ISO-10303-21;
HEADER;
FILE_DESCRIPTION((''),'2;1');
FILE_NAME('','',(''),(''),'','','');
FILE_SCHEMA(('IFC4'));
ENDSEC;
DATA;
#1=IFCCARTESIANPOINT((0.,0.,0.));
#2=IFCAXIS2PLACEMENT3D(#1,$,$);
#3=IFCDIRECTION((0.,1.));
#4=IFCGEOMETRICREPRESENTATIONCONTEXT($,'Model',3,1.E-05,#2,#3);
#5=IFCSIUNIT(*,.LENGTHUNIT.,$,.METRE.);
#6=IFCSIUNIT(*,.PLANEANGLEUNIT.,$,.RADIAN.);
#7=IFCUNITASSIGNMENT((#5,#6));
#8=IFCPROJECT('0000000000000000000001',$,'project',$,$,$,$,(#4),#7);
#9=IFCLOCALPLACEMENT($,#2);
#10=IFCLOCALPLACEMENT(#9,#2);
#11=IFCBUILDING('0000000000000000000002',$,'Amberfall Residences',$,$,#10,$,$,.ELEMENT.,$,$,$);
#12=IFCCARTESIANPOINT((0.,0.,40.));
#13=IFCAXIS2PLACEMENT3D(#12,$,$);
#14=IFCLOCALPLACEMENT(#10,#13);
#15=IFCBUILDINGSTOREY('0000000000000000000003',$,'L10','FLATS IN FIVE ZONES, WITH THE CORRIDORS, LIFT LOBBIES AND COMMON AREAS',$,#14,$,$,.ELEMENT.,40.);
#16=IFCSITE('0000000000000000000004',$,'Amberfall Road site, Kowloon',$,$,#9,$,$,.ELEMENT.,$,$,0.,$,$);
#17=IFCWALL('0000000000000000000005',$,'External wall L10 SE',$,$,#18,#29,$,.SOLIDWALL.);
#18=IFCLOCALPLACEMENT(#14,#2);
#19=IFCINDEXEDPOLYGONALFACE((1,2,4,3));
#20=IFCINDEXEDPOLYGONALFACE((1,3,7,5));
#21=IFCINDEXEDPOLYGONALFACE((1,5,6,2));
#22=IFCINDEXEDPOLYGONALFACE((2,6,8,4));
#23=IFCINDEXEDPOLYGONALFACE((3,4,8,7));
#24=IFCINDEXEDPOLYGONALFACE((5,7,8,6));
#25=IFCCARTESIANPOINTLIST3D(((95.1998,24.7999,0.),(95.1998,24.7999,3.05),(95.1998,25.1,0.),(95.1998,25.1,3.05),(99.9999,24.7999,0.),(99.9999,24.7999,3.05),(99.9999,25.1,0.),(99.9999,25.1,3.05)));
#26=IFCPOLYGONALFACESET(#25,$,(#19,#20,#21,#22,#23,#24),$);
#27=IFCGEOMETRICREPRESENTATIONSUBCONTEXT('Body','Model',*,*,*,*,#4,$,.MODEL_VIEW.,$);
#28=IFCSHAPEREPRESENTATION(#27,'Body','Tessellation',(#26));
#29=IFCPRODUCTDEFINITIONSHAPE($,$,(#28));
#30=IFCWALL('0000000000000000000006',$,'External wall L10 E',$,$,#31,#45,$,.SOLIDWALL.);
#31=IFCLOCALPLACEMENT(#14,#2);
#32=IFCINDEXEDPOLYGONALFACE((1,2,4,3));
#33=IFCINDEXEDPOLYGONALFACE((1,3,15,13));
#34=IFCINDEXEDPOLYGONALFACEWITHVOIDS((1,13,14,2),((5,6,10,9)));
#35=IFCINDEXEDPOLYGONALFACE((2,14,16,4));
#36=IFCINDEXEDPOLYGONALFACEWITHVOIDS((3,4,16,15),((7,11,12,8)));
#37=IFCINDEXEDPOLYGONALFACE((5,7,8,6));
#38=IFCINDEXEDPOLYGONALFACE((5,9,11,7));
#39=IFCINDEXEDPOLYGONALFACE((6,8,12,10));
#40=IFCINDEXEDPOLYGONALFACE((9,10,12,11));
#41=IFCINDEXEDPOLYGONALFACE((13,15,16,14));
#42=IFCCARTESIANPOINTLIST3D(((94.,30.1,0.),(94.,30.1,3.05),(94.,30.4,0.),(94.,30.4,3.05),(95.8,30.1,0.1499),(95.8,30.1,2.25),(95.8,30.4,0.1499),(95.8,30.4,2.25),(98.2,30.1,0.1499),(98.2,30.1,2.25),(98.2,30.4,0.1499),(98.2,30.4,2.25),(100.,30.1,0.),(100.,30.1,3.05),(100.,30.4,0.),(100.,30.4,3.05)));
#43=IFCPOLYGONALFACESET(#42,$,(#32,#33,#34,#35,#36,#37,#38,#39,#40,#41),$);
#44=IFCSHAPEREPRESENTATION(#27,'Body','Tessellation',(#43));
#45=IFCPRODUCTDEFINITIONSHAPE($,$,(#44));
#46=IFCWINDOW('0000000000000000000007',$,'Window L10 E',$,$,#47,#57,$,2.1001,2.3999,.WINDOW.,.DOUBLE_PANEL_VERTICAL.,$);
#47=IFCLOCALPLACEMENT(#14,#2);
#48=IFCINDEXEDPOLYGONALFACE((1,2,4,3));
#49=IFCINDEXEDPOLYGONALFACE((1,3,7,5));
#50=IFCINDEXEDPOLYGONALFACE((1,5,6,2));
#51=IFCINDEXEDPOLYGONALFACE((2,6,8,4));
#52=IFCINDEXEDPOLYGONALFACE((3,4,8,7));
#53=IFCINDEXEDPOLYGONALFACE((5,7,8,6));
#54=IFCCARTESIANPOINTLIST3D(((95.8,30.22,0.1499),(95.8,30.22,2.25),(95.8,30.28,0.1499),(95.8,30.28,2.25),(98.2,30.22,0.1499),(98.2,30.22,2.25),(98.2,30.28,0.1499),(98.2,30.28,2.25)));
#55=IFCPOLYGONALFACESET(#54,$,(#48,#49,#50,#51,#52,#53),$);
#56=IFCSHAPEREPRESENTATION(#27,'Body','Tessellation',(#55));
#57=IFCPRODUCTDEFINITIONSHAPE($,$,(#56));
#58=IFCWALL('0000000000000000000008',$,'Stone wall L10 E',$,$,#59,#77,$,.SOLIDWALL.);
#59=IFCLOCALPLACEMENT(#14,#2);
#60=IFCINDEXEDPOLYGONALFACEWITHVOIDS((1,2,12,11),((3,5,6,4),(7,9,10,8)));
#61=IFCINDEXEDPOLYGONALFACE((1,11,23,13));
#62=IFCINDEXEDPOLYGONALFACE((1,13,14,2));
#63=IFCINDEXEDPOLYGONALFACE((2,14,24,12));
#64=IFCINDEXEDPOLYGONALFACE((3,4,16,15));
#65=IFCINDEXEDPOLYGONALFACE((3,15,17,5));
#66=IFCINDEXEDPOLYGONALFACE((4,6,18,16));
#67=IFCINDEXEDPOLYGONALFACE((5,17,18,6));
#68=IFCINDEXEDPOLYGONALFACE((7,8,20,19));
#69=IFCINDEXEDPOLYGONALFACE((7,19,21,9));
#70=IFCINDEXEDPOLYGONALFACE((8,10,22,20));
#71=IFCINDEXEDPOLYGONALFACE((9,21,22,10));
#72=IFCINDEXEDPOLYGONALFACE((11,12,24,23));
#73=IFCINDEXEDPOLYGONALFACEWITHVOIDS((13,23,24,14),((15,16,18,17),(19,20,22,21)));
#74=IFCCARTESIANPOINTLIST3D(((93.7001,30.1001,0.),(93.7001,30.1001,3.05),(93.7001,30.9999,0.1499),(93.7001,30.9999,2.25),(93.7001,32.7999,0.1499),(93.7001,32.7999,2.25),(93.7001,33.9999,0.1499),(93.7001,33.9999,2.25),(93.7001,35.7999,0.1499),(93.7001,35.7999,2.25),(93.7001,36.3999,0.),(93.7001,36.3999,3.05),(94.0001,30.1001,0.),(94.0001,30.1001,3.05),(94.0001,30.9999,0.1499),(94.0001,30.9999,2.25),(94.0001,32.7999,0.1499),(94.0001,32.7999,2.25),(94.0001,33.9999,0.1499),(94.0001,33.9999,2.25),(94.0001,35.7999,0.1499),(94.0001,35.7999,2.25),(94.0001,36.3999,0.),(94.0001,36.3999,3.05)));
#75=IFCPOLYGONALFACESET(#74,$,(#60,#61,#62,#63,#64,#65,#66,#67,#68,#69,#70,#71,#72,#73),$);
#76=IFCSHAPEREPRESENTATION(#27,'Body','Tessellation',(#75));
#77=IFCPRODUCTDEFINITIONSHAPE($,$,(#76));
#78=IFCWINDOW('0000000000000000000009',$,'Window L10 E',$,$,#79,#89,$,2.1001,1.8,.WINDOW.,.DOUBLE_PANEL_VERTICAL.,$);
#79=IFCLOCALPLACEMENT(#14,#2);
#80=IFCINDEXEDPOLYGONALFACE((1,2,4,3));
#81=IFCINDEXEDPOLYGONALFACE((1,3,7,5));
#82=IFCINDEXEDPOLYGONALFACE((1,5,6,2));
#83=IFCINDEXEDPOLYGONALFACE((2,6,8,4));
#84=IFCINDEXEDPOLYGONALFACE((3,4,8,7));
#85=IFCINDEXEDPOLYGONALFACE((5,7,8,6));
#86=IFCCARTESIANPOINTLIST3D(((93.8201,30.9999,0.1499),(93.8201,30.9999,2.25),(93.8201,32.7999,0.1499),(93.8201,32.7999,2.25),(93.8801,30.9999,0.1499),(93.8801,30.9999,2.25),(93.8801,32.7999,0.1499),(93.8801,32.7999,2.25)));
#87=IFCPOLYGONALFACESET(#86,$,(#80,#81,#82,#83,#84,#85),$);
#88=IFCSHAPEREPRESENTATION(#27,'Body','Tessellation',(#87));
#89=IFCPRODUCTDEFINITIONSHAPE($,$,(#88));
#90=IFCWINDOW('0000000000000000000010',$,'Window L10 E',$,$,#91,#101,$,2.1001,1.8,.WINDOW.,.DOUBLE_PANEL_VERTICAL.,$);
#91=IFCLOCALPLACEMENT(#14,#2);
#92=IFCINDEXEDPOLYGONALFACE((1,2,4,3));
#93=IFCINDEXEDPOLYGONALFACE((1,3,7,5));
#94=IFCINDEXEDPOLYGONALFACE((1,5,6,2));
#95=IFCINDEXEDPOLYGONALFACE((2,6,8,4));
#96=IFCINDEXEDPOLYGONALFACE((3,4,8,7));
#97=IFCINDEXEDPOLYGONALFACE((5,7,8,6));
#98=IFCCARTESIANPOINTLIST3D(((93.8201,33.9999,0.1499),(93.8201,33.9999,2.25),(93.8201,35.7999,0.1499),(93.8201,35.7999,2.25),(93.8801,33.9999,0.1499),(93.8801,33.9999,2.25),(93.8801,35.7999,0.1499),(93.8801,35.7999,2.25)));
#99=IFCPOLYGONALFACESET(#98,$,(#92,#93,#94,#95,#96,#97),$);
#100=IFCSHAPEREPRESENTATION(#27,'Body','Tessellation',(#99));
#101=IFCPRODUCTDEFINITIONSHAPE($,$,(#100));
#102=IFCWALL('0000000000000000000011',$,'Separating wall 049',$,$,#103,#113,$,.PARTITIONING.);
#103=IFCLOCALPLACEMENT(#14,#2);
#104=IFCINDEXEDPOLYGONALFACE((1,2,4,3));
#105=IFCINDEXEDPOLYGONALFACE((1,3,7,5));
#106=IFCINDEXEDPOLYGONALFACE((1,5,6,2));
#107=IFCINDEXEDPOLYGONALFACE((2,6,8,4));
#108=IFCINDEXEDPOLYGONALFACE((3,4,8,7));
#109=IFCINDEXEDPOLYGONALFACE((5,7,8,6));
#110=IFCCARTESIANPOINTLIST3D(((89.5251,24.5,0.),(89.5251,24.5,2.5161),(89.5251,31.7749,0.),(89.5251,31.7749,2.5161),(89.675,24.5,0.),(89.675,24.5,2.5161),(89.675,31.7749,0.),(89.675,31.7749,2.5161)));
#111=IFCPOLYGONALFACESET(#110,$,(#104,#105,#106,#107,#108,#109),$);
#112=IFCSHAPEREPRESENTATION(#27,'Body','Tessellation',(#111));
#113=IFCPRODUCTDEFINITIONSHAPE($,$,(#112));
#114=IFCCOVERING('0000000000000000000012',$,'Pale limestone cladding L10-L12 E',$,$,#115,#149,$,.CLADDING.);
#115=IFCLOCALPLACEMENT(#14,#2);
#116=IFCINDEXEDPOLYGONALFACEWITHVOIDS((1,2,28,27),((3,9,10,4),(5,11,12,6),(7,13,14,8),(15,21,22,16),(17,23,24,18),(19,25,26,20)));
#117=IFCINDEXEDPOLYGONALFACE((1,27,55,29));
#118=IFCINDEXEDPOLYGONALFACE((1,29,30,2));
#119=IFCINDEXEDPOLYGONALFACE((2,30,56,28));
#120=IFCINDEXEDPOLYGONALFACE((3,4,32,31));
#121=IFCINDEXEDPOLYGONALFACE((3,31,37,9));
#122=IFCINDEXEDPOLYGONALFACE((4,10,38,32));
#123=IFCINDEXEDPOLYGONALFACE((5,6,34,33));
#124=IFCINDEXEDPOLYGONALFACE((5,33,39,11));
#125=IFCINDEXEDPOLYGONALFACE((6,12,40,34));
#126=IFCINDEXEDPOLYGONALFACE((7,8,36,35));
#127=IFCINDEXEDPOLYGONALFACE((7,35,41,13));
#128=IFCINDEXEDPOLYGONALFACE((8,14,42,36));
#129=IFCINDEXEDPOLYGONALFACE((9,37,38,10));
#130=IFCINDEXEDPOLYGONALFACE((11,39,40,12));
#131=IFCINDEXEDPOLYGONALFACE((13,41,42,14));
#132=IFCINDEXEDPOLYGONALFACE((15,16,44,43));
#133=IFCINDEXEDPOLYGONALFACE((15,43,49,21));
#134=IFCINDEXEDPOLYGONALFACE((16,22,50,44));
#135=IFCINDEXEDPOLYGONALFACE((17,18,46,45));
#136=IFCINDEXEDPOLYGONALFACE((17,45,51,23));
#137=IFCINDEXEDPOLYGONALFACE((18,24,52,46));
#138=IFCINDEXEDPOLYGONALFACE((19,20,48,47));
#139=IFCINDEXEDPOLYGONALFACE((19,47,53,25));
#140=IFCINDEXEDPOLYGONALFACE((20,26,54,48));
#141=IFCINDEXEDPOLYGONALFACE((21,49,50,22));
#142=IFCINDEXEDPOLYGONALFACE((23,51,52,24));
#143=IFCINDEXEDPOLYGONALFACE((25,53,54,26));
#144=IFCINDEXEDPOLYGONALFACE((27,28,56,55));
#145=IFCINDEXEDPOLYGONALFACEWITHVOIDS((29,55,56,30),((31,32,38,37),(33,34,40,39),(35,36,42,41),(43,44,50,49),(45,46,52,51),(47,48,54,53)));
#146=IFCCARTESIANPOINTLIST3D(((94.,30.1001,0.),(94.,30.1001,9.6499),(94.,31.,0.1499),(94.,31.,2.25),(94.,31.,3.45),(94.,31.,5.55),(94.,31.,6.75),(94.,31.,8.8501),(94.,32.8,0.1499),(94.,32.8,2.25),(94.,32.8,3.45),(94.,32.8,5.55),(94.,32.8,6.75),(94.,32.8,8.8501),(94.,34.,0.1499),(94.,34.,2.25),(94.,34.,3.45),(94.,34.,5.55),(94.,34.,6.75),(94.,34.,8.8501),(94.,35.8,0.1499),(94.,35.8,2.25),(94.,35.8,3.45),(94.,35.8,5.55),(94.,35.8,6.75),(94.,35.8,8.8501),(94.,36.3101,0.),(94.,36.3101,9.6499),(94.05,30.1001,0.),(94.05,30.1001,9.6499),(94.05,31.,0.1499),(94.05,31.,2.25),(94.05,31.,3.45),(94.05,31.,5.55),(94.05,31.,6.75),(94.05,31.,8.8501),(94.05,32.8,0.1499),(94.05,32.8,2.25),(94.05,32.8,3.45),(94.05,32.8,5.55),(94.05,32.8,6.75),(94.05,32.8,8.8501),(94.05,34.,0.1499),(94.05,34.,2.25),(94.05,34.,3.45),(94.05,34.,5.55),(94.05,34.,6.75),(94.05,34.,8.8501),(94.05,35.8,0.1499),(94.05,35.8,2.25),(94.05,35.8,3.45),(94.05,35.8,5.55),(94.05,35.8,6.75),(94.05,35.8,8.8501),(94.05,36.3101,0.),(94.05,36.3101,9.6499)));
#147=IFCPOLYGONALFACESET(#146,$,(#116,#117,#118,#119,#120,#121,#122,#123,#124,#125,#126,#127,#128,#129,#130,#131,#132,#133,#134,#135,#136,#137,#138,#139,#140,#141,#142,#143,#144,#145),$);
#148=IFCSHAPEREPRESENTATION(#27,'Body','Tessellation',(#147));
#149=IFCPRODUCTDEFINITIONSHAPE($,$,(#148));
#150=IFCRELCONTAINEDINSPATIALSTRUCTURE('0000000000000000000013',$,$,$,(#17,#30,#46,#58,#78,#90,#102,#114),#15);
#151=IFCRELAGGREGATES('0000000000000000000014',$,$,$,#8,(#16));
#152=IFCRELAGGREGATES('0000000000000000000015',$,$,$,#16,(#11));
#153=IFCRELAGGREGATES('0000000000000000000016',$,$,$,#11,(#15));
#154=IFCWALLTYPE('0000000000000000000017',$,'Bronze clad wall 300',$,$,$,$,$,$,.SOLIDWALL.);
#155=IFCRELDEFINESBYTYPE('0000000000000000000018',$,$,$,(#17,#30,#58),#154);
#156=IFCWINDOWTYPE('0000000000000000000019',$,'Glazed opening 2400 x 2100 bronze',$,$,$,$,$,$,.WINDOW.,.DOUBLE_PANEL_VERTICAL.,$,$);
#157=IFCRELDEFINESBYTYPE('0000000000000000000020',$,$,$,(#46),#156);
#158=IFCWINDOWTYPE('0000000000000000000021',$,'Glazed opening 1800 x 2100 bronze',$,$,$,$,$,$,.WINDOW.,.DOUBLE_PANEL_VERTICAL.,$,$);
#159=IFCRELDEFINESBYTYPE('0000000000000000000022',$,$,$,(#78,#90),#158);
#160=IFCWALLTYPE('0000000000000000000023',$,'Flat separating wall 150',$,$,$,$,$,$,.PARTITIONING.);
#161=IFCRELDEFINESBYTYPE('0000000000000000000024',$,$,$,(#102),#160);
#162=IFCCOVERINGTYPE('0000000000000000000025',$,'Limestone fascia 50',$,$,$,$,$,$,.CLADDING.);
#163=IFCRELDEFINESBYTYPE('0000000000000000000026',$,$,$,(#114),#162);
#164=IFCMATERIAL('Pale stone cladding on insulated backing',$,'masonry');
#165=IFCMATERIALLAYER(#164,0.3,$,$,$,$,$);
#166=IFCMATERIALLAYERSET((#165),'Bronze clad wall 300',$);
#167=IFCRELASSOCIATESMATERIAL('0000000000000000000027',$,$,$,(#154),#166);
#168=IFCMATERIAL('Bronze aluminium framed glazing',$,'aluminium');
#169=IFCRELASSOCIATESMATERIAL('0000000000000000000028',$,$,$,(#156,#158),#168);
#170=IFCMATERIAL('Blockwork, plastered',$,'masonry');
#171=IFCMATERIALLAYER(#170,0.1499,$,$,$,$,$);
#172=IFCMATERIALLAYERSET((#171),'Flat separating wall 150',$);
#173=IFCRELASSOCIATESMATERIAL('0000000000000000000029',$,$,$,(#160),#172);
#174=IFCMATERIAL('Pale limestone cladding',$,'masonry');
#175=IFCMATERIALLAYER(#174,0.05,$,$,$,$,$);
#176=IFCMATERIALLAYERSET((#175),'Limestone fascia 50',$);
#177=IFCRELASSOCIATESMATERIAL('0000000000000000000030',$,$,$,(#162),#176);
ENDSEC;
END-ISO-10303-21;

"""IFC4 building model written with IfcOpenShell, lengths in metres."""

from ifc_helpers import new_model, si_unit, direction, frame, frame_2d, origin, place, context, subcontext, project, spatial, polyline, rectangle, outline, extrude, material, layer, layer_set, type_object, element, fill, save


model = new_model("IFC4")

# Units and contexts
model_context = context("Model", 3, precision=1e-05, world=origin(), true_north=direction((0.0, 1.0)))
body_context = subcontext(model_context, "Body", "Model", "MODEL_VIEW")
ifc_project = project(units=[si_unit("LENGTHUNIT", "METRE"), si_unit("PLANEANGLEUNIT", "RADIAN")], contexts=[model_context])

# Site, building, storey
site_placement = place(None, origin())
site = spatial("IfcSite", under=ifc_project, at=site_placement, Name="Amberfall Road site, Kowloon", CompositionType="ELEMENT", RefElevation=0.0)
building_placement = place(site_placement, origin())
building = spatial("IfcBuilding", under=site, at=building_placement, Name="Amberfall Residences", CompositionType="ELEMENT")
storey_placement = place(building_placement, frame((0.0, 0.0, 40.0)))
storey = spatial("IfcBuildingStorey", under=building, at=storey_placement, Name="L10", Description="FLATS IN FIVE ZONES, WITH THE CORRIDORS, LIFT LOBBIES AND COMMON AREAS", CompositionType="ELEMENT", Elevation=40.0)

# Shared definitions
ifc_material_1 = material(Name="Pale stone cladding on insulated backing", Category="masonry")
ifc_layer_1 = layer(ifc_material_1, 0.3)
ifc_layer_set_1 = layer_set([ifc_layer_1], Name="Bronze clad wall 300")
wall_type_1 = type_object("IfcWallType", Name="Bronze clad wall 300", PredefinedType="SOLIDWALL", material=ifc_layer_set_1)
ifc_material_2 = material(Name="Bronze aluminium framed glazing", Category="aluminium")
window_type_1 = type_object("IfcWindowType", Name="Glazed opening 2400 x 2100 bronze", PartitioningType="DOUBLE_PANEL_VERTICAL", PredefinedType="WINDOW", material=ifc_material_2)

# Wall
wall_1_placement = place(storey_placement, frame((95.2, 24.95, 0.0), z_axis=(0.0, 0.0, 1.0), x_axis=(1.0, 0.0, 0.0)))
element("IfcWall", 1, at=wall_1_placement, inside=storey, type_object=wall_type_1, Name="External wall L10 SE", PredefinedType="SOLIDWALL", context=body_context, shape_type="SweptSolid", body=[
    extrude(rectangle(XDim=4.8, YDim=0.3, at=frame_2d((2.3999, 0.0))), origin(), (0.0, 0.0, 1.0), 3.05),
])

# Wall, opening, window
wall_2_placement = place(storey_placement, frame((100.0, 30.25, 0.0), z_axis=(0.0, 0.0, 1.0), x_axis=(-1.0, 0.0, 0.0)))
wall_2 = element("IfcWall", 2, at=wall_2_placement, inside=storey, type_object=wall_type_1, Name="External wall L10 E", PredefinedType="SOLIDWALL", context=body_context, shape_type="SweptSolid", body=[
    extrude(rectangle(XDim=6.0, YDim=0.3, at=frame_2d((3.0, 0.0))), origin(), (0.0, 0.0, 1.0), 3.05),
])
opening_1_placement = place(wall_2_placement, frame((1.8, 0.0, 0.1499)))
opening_1 = element("IfcOpeningElement", 3, at=opening_1_placement, cuts=wall_2, PredefinedType="OPENING", context=body_context, shape_type="SweptSolid", body=[
    extrude(rectangle(XDim=2.3999, YDim=2.1001, at=frame_2d((1.2, 1.05))), frame((0.0, 0.1599, 0.0), z_axis=(0.0, -1.0, 0.0), x_axis=(1.0, 0.0, 0.0)), (0.0, 0.0, 1.0), 0.3201),
])
window_1_placement = place(opening_1_placement, origin())
window_1 = element("IfcWindow", 4, at=window_1_placement, inside=storey, type_object=window_type_1, Name="Window L10 E", OverallHeight=2.1001, OverallWidth=2.3999, PartitioningType="DOUBLE_PANEL_VERTICAL", PredefinedType="WINDOW", context=body_context, shape_type="SweptSolid", body=[
    extrude(rectangle(XDim=2.3999, YDim=2.1001, at=frame_2d((1.2, 1.05))), frame((0.0, 0.03, 0.0), z_axis=(0.0, -1.0, 0.0), x_axis=(1.0, 0.0, 0.0)), (0.0, 0.0, 1.0), 0.0601),
])
fill(opening_1, window_1)

# Wall, openings, windows
wall_3_placement = place(storey_placement, frame((93.8501, 30.1001, 0.0), z_axis=(0.0, 0.0, 1.0), x_axis=(0.0, 1.0, 0.0)))
wall_3 = element("IfcWall", 5, at=wall_3_placement, inside=storey, type_object=wall_type_1, Name="Stone wall L10 E", PredefinedType="SOLIDWALL", context=body_context, shape_type="SweptSolid", body=[
    extrude(rectangle(XDim=6.2998, YDim=0.3, at=frame_2d((3.1499, 0.0))), origin(), (0.0, 0.0, 1.0), 3.05),
])
opening_2_placement = place(wall_3_placement, frame((0.8999, 0.0, 0.1499)))
opening_2 = element("IfcOpeningElement", 6, at=opening_2_placement, cuts=wall_3, PredefinedType="OPENING", context=body_context, shape_type="SweptSolid", body=[
    extrude(rectangle(XDim=1.8, YDim=2.1001, at=frame_2d((0.8999, 1.05))), frame((0.0, 0.1599, 0.0), z_axis=(0.0, -1.0, 0.0), x_axis=(1.0, 0.0, 0.0)), (0.0, 0.0, 1.0), 0.3201),
])
opening_3_placement = place(wall_3_placement, frame((3.8999, 0.0, 0.1499)))
opening_3 = element("IfcOpeningElement", 7, at=opening_3_placement, cuts=wall_3, PredefinedType="OPENING", context=body_context, shape_type="SweptSolid", body=[
    extrude(rectangle(XDim=1.8, YDim=2.1001, at=frame_2d((0.8999, 1.05))), frame((0.0, 0.1599, 0.0), z_axis=(0.0, -1.0, 0.0), x_axis=(1.0, 0.0, 0.0)), (0.0, 0.0, 1.0), 0.3201),
])
window_type_2 = type_object("IfcWindowType", Name="Glazed opening 1800 x 2100 bronze", PartitioningType="DOUBLE_PANEL_VERTICAL", PredefinedType="WINDOW", material=ifc_material_2)
window_2_placement = place(opening_2_placement, origin())
window_2 = element("IfcWindow", 8, at=window_2_placement, inside=storey, type_object=window_type_2, Name="Window L10 E", OverallHeight=2.1001, OverallWidth=1.8, PartitioningType="DOUBLE_PANEL_VERTICAL", PredefinedType="WINDOW", context=body_context, shape_type="SweptSolid", body=[
    extrude(rectangle(XDim=1.8, YDim=2.1001, at=frame_2d((0.8999, 1.05))), frame((0.0, 0.03, 0.0), z_axis=(0.0, -1.0, 0.0), x_axis=(1.0, 0.0, 0.0)), (0.0, 0.0, 1.0), 0.0601),
])
fill(opening_2, window_2)
window_3_placement = place(opening_3_placement, origin())
window_3 = element("IfcWindow", 9, at=window_3_placement, inside=storey, type_object=window_type_2, Name="Window L10 E", OverallHeight=2.1001, OverallWidth=1.8, PartitioningType="DOUBLE_PANEL_VERTICAL", PredefinedType="WINDOW", context=body_context, shape_type="SweptSolid", body=[
    extrude(rectangle(XDim=1.8, YDim=2.1001, at=frame_2d((0.8999, 1.05))), frame((0.0, 0.03, 0.0), z_axis=(0.0, -1.0, 0.0), x_axis=(1.0, 0.0, 0.0)), (0.0, 0.0, 1.0), 0.0601),
])
fill(opening_3, window_3)

# Wall
ifc_material_3 = material(Name="Blockwork, plastered", Category="masonry")
ifc_layer_2 = layer(ifc_material_3, 0.1499)
ifc_layer_set_2 = layer_set([ifc_layer_2], Name="Flat separating wall 150")
wall_type_2 = type_object("IfcWallType", Name="Flat separating wall 150", PredefinedType="PARTITIONING", material=ifc_layer_set_2)
wall_4_placement = place(storey_placement, frame((89.6001, 24.5, 0.0), z_axis=(0.0, 0.0, 1.0), x_axis=(0.0, 1.0, 0.0)))
element("IfcWall", 10, at=wall_4_placement, inside=storey, type_object=wall_type_2, Name="Separating wall 049", PredefinedType="PARTITIONING", context=body_context, shape_type="SweptSolid", body=[
    extrude(rectangle(XDim=7.2749, YDim=0.1499, at=frame_2d((3.6375, 0.0))), origin(), (0.0, 0.0, 1.0), 2.5161),
])

# Covering
ifc_material_4 = material(Name="Pale limestone cladding", Category="masonry")
ifc_layer_3 = layer(ifc_material_4, 0.05)
ifc_layer_set_3 = layer_set([ifc_layer_3], Name="Limestone fascia 50")
covering_type = type_object("IfcCoveringType", Name="Limestone fascia 50", PredefinedType="CLADDING", material=ifc_layer_set_3)
covering_placement = place(storey_placement, frame((94.0, 30.1001, 9.6499), z_axis=(-1.0, 0.0, 0.0), x_axis=(0.0, 1.0, 0.0)))
element("IfcCovering", 11, at=covering_placement, inside=storey, type_object=covering_type, Name="Pale limestone cladding L10-L12 E", PredefinedType="CLADDING", context=body_context, shape_type="SweptSolid", body=[
    extrude(outline(polyline([(0.0, 0.0), (6.21, 0.0), (6.21, 9.6499), (0.0, 9.6499), (0.0, 0.0)]), holes=[polyline([(0.8999, 7.3999), (2.7, 7.3999), (2.7, 9.5), (0.8999, 9.5), (0.8999, 7.3999)]), polyline([(3.8999, 7.3999), (5.7, 7.3999), (5.7, 9.5), (3.8999, 9.5), (3.8999, 7.3999)]), polyline([(0.8999, 4.0999), (2.7, 4.0999), (2.7, 6.2), (0.8999, 6.2), (0.8999, 4.0999)]), polyline([(3.8999, 4.0999), (5.7, 4.0999), (5.7, 6.2), (3.8999, 6.2), (3.8999, 4.0999)]), polyline([(0.8999, 0.7998), (2.7, 0.7998), (2.7, 2.8999), (0.8999, 2.8999), (0.8999, 0.7998)]), polyline([(3.8999, 0.7998), (5.7, 0.7998), (5.7, 2.8999), (3.8999, 2.8999), (3.8999, 0.7998)])]), origin(), (0.0, 0.0, -1.0), 0.05),
])

save(model, "model.ifc")
